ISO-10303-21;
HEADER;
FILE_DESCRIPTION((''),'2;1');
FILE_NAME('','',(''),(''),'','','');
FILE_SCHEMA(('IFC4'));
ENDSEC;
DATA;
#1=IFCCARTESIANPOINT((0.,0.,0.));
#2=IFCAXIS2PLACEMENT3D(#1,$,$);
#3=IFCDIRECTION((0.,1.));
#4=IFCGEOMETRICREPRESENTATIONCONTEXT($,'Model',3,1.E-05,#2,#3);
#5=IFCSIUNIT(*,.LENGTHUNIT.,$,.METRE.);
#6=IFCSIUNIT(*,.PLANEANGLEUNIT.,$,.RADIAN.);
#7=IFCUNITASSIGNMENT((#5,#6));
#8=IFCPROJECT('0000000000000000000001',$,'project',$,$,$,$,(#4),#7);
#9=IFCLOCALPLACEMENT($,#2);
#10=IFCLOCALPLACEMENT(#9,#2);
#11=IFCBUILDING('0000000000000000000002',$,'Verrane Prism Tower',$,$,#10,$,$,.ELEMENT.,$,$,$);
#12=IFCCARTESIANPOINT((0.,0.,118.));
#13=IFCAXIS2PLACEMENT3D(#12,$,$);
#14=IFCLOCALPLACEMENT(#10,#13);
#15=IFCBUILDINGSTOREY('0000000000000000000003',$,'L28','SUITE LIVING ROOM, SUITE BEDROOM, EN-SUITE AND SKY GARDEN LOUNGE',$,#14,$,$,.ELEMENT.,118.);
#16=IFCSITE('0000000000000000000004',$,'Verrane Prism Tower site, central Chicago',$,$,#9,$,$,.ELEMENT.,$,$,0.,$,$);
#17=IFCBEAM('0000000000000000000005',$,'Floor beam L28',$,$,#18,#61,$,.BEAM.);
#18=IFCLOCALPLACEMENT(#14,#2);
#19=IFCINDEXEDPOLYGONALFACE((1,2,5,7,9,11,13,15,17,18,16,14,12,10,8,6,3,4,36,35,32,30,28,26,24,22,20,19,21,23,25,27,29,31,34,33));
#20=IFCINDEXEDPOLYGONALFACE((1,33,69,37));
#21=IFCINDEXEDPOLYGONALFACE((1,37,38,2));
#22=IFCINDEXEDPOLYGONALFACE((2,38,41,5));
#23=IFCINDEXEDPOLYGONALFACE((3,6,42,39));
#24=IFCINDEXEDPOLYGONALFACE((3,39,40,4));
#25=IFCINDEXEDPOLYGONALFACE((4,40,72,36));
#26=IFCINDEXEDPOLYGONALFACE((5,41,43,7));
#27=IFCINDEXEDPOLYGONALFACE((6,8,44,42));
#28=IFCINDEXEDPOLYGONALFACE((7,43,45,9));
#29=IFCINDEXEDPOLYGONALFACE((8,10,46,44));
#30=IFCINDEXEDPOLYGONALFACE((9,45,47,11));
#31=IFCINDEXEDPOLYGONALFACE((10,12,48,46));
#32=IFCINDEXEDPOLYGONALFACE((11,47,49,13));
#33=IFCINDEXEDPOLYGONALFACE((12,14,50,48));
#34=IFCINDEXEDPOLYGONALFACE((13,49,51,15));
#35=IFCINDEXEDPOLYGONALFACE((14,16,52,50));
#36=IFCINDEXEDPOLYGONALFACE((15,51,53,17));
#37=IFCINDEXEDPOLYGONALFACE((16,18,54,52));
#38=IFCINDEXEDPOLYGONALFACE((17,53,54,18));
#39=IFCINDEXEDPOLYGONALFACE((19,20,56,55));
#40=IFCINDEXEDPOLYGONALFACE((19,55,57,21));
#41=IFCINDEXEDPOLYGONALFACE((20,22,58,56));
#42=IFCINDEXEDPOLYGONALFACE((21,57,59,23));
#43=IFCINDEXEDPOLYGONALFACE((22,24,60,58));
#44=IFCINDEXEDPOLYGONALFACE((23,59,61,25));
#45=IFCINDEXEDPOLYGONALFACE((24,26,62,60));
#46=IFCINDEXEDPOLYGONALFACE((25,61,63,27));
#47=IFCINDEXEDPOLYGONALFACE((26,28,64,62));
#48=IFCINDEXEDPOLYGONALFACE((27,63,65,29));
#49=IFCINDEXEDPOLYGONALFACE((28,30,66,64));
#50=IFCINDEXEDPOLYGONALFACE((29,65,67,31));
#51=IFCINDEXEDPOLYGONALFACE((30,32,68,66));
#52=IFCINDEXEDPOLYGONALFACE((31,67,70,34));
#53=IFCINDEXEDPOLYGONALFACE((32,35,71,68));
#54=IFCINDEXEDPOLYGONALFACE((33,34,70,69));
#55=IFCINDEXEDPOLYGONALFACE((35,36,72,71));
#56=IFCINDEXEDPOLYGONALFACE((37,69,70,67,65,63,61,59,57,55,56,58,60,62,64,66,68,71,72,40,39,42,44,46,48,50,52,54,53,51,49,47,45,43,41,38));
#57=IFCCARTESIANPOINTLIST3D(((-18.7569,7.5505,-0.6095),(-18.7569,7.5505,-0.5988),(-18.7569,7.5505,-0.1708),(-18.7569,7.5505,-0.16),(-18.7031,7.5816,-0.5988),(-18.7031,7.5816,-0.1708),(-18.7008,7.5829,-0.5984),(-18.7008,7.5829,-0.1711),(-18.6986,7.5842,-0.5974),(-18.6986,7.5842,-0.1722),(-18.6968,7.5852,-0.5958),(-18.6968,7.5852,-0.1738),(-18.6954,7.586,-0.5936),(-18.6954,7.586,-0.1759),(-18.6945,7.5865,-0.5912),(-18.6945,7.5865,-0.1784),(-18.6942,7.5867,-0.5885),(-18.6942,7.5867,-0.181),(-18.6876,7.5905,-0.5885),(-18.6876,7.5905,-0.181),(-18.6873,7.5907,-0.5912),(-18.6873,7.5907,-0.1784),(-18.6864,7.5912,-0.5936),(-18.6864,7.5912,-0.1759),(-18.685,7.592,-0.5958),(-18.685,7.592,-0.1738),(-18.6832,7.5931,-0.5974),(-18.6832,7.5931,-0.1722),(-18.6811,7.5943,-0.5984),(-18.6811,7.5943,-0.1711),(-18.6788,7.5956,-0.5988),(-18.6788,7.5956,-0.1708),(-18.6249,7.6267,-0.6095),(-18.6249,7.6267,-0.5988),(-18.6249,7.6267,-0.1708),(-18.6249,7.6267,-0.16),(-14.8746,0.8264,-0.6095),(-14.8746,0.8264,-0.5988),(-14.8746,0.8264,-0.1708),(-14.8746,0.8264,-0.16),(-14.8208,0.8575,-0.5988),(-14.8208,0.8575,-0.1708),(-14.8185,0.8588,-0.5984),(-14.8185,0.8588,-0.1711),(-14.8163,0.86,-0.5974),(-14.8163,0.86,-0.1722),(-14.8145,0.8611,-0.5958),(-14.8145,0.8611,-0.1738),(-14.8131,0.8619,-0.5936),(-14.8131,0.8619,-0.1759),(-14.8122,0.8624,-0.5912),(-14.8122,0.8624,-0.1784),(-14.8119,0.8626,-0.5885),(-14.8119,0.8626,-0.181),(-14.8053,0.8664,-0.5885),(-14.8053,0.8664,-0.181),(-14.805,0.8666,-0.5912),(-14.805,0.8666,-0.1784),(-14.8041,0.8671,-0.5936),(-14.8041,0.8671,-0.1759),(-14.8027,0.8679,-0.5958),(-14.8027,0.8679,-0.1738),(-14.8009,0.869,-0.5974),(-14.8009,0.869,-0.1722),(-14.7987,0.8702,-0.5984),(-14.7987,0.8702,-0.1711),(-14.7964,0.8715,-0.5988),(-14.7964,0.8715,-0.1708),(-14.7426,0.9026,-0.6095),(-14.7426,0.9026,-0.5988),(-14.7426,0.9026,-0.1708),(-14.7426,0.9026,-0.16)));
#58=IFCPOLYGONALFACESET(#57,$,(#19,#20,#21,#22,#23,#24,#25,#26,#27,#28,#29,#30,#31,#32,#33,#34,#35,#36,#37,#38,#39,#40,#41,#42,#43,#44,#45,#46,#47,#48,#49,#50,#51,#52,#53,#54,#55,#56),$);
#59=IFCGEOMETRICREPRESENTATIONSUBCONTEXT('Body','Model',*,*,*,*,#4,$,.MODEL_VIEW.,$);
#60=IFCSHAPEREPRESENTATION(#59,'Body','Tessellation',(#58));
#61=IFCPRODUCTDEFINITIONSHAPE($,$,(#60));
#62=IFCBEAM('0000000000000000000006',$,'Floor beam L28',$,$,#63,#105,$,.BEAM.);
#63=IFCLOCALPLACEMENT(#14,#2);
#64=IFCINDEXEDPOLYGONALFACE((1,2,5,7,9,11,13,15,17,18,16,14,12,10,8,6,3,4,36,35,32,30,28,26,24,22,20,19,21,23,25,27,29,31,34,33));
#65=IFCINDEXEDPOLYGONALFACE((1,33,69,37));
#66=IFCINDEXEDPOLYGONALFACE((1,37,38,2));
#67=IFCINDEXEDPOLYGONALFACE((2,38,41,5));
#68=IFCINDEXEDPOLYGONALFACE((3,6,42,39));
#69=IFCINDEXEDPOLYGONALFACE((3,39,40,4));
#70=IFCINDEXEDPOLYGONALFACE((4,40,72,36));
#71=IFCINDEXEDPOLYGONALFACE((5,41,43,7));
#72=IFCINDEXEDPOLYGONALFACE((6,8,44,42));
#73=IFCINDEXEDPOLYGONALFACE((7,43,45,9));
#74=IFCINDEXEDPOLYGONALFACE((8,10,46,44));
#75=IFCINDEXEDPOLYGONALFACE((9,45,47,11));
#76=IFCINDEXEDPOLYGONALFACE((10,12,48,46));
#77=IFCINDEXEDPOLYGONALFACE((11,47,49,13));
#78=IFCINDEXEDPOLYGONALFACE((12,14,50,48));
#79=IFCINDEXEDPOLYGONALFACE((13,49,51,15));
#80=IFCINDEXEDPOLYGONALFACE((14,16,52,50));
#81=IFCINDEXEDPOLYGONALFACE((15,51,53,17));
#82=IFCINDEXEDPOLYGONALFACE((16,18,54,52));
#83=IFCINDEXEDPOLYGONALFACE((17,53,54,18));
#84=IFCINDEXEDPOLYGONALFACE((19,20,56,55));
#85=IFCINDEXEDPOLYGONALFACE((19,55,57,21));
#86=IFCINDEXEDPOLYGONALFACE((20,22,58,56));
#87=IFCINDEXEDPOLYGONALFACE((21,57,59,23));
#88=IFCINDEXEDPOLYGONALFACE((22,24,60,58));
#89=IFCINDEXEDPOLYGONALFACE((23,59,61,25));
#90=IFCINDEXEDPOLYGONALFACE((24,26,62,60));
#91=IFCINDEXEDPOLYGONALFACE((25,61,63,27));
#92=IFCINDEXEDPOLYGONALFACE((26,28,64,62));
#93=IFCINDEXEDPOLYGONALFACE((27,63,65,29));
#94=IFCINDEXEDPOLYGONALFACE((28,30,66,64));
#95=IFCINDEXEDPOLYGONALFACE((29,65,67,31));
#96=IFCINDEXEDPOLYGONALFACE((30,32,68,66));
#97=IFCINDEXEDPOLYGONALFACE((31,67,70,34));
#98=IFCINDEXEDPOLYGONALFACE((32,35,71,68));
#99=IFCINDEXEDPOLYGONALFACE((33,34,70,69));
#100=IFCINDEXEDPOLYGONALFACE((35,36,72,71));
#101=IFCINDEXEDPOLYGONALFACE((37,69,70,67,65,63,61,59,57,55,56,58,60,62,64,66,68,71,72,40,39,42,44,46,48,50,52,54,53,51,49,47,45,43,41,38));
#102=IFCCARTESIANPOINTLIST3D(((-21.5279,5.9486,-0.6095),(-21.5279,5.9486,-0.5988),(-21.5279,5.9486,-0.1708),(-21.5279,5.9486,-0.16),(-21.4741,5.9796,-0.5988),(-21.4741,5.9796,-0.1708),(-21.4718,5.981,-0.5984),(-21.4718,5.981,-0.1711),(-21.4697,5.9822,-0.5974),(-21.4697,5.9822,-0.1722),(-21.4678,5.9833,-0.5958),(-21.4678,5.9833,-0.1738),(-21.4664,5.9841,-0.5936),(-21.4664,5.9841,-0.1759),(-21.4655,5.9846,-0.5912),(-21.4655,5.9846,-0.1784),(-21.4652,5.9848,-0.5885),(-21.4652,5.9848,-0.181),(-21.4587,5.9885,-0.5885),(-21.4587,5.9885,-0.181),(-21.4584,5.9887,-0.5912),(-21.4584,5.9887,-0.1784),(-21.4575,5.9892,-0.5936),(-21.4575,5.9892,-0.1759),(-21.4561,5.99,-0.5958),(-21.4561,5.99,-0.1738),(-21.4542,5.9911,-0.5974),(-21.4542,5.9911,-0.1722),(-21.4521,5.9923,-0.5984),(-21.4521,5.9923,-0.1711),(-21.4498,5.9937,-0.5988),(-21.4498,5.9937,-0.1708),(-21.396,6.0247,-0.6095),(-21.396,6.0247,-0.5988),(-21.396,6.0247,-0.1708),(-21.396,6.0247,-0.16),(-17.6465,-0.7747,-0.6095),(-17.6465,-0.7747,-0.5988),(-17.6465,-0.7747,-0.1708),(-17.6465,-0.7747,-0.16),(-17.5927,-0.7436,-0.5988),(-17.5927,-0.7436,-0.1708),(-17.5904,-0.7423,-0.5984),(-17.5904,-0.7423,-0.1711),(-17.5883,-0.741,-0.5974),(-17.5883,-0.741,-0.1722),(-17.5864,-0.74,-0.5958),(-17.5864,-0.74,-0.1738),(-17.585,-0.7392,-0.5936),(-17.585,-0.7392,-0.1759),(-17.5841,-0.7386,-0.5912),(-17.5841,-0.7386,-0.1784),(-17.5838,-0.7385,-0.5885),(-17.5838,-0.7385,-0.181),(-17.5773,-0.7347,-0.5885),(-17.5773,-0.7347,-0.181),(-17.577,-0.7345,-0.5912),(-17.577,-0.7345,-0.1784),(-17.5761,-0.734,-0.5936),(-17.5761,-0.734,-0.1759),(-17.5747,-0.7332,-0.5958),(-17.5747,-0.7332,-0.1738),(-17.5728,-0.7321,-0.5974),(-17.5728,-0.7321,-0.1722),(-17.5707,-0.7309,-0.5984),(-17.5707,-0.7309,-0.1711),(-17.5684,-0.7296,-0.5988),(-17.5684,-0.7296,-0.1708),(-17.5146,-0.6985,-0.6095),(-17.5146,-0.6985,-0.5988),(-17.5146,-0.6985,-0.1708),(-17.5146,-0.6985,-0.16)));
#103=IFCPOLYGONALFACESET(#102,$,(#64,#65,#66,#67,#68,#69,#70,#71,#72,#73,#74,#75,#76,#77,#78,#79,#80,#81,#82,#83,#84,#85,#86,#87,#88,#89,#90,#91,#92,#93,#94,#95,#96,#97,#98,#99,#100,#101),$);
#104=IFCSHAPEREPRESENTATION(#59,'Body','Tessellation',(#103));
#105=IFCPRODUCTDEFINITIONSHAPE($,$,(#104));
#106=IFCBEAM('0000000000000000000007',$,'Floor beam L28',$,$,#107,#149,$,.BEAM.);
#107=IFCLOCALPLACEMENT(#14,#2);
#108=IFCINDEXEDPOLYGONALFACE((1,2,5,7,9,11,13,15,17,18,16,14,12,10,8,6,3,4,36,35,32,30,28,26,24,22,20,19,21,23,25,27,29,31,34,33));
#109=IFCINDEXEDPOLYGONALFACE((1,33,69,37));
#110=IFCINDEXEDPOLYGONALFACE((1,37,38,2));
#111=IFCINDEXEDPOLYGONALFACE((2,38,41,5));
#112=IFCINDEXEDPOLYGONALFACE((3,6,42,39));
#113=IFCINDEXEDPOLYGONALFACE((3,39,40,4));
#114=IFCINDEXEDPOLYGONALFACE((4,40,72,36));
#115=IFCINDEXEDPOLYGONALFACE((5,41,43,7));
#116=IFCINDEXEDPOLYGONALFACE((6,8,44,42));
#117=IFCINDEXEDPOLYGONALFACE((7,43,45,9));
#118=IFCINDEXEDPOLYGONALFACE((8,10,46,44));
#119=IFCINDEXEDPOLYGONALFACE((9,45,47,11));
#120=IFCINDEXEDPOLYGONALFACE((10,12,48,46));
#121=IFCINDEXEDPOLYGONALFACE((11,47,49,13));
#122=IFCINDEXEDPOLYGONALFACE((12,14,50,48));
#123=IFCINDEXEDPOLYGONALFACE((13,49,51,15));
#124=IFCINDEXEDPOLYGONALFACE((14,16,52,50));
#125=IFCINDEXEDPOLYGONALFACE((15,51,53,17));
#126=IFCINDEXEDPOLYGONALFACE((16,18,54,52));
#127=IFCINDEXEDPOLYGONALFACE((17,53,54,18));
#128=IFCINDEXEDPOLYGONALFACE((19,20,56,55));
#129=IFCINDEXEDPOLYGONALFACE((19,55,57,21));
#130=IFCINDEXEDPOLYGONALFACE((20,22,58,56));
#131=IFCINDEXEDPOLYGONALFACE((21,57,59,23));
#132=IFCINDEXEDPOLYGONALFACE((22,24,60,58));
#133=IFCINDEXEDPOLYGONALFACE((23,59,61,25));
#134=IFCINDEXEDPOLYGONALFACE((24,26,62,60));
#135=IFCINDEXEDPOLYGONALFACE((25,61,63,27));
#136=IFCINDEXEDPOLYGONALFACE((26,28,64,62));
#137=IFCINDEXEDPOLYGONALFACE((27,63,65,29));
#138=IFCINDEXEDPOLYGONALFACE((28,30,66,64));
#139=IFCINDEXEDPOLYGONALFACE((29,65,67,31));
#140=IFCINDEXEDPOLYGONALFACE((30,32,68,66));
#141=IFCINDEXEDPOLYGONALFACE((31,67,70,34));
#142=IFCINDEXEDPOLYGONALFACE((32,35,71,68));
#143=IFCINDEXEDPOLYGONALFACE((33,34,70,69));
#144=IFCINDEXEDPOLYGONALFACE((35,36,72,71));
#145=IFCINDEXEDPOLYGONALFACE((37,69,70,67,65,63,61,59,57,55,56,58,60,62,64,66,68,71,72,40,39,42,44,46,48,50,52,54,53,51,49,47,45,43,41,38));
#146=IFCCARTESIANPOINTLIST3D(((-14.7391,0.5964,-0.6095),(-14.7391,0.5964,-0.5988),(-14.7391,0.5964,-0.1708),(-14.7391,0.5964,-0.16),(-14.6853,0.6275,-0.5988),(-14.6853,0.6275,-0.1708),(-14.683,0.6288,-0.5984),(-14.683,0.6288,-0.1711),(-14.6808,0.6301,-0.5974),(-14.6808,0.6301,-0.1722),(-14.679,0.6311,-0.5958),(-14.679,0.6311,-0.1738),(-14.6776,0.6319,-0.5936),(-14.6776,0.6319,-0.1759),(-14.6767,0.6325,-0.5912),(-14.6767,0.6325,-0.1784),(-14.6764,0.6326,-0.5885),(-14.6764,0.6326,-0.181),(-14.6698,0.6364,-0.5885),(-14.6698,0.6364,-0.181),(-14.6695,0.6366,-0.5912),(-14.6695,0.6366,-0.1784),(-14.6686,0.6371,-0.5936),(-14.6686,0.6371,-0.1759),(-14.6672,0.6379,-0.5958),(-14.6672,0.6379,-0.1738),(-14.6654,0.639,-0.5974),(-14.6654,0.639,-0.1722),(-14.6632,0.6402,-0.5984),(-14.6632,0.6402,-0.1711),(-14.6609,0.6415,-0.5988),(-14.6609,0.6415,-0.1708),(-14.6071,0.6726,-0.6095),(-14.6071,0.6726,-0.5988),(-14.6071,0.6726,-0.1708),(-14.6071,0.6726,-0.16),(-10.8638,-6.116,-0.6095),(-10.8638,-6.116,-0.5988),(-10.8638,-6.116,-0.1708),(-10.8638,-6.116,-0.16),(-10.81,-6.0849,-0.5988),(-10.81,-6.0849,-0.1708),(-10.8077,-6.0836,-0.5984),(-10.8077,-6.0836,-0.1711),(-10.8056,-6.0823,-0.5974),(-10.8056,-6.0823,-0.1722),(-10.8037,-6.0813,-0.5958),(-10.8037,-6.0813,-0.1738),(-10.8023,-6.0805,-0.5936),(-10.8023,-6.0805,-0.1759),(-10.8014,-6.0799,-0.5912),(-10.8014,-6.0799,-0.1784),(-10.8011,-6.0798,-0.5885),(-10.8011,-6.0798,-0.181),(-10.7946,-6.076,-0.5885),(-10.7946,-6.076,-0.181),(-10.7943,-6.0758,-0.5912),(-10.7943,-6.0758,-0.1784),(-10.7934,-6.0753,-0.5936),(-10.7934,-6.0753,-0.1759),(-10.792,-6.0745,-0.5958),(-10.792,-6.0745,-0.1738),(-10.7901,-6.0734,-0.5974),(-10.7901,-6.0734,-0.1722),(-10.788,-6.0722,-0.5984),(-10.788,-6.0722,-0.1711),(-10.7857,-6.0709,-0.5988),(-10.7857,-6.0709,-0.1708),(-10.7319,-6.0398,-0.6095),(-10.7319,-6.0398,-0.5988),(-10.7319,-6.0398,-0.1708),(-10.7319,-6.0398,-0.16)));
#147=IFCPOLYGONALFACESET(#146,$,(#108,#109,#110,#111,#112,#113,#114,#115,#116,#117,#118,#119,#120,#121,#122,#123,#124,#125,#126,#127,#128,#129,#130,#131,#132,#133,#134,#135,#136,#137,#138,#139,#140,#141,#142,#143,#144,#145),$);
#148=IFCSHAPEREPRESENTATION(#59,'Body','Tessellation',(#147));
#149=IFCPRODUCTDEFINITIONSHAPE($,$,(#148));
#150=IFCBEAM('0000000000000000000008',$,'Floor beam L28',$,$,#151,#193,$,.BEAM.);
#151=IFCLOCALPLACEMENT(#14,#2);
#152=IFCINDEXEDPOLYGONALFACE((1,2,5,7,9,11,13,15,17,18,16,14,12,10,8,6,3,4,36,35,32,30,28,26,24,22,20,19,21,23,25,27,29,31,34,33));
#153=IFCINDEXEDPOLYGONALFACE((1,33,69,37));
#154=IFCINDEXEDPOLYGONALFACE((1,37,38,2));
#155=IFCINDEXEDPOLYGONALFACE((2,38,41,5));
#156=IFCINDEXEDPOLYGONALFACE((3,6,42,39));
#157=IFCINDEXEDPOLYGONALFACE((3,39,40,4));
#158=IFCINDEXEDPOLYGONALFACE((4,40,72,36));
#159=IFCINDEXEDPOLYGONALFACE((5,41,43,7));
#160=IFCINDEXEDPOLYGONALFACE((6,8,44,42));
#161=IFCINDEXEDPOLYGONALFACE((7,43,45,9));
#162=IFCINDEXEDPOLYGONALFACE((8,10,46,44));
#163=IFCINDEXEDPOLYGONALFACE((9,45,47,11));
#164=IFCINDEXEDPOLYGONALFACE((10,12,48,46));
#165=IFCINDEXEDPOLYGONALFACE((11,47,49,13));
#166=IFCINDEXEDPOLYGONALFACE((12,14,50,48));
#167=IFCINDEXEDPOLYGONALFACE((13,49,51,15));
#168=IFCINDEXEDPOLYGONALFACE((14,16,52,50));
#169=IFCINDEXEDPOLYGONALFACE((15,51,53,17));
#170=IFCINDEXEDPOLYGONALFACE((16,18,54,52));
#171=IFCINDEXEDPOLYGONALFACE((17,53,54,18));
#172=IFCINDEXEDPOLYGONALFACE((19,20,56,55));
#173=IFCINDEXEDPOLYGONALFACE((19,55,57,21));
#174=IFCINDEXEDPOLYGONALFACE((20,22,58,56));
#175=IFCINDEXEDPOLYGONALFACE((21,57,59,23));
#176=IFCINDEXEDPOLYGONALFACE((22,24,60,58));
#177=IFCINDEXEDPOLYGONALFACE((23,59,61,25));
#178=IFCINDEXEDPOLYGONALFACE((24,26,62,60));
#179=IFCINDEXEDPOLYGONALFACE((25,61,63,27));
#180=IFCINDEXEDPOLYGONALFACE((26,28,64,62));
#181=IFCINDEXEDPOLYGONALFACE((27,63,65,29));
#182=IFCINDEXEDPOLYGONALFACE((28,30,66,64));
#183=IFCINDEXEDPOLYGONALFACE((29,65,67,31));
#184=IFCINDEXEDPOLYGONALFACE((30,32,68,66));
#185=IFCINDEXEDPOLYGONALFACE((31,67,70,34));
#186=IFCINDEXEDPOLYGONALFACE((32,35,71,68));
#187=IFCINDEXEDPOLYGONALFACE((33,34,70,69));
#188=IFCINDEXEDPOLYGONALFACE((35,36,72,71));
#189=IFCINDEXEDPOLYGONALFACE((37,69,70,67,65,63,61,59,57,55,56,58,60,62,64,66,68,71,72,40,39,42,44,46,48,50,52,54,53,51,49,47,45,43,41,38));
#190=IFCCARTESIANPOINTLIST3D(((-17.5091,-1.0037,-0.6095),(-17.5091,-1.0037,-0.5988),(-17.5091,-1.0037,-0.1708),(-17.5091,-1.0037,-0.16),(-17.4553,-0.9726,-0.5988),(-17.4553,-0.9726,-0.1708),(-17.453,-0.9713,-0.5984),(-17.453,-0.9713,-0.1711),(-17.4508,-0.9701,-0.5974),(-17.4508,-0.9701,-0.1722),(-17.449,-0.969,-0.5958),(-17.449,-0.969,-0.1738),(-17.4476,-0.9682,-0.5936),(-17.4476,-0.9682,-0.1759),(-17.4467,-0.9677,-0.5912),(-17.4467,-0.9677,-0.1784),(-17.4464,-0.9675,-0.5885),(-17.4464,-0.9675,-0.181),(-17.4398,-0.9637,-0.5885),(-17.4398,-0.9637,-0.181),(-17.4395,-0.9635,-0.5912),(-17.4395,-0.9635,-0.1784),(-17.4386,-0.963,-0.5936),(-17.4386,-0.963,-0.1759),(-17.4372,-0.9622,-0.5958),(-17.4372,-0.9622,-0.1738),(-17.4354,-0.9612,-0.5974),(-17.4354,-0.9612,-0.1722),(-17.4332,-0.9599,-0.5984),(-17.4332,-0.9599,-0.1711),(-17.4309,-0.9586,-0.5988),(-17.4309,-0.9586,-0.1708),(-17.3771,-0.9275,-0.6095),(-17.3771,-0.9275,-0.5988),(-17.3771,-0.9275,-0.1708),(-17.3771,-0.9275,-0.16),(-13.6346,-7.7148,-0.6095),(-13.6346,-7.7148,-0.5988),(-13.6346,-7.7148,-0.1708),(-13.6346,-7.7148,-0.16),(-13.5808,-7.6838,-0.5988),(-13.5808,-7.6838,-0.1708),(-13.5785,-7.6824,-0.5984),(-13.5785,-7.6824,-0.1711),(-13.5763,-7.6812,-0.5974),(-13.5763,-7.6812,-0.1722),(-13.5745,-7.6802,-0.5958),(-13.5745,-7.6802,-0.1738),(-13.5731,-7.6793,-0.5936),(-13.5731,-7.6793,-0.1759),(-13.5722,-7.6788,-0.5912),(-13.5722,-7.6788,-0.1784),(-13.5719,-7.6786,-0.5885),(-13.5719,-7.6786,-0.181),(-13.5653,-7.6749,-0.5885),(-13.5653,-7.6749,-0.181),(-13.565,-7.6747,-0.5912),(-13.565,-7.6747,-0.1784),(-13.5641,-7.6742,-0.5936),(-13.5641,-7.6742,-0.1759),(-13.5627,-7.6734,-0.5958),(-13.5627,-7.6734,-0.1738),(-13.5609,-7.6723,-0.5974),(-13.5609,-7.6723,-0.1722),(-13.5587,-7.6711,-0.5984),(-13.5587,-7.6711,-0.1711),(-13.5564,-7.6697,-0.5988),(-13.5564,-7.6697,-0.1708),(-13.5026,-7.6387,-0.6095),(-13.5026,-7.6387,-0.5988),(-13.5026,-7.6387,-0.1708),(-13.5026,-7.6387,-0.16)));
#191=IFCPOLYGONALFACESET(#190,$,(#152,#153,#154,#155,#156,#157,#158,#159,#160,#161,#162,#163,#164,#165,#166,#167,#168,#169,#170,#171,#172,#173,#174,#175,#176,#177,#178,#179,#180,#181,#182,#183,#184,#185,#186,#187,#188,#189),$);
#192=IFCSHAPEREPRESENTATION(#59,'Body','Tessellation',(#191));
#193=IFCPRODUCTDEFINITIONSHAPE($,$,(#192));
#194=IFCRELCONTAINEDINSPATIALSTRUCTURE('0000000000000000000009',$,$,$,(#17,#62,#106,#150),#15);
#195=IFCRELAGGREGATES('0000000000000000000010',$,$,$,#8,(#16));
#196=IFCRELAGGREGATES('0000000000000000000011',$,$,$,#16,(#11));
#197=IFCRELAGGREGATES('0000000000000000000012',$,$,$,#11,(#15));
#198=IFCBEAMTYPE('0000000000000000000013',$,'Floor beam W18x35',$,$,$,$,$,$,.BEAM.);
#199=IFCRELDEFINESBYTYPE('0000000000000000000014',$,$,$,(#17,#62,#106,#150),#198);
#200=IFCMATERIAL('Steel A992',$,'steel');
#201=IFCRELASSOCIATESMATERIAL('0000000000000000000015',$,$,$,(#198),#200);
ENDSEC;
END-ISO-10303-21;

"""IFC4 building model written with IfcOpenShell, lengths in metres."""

from ifc_helpers import new_model, si_unit, direction, frame, origin, origin_2d, place, context, subcontext, project, spatial, i_section, extrude, material, material_profile, profile_set, type_object, element, save


model = new_model("IFC4")

# Units and contexts
model_context = context("Model", 3, precision=1e-05, world=origin(), true_north=direction((0.0, 1.0)))
body_context = subcontext(model_context, "Body", "Model", "MODEL_VIEW")
ifc_project = project(units=[si_unit("LENGTHUNIT", "METRE"), si_unit("PLANEANGLEUNIT", "RADIAN")], contexts=[model_context])

# Site, building, storey
site_placement = place(None, origin())
site = spatial("IfcSite", under=ifc_project, at=site_placement, Name="Verrane Prism Tower site, central Chicago", CompositionType="ELEMENT", RefElevation=0.0)
building_placement = place(site_placement, origin())
building = spatial("IfcBuilding", under=site, at=building_placement, Name="Verrane Prism Tower", CompositionType="ELEMENT")
storey_placement = place(building_placement, frame((0.0, 0.0, 118.0)))
storey = spatial("IfcBuildingStorey", under=building, at=storey_placement, Name="L28", Description="SUITE LIVING ROOM, SUITE BEDROOM, EN-SUITE AND SKY GARDEN LOUNGE", CompositionType="ELEMENT", Elevation=118.0)

# Beams
ifc_material_1 = material(Name="Steel A992", Category="steel")
ifc_material_profile_1 = material_profile(ifc_material_1, i_section(OverallWidth=0.1523, OverallDepth=0.4495, WebThickness=0.0076, FlangeThickness=0.0107, FilletRadius=0.0103, at=origin_2d()), Name="W18x35")
ifc_profile_set_1 = profile_set([ifc_material_profile_1], Name="Steel A992")
beam_type_1 = type_object("IfcBeamType", Name="Floor beam W18x35", PredefinedType="BEAM", material=ifc_profile_set_1)
beam_1_placement = place(storey_placement, frame((-14.8086, 0.8645, -0.3848), z_axis=(-0.500015, 0.866017, 0.0), x_axis=(-0.866017, -0.500015, 0.0)))
element("IfcBeam", 1, at=beam_1_placement, inside=storey, type_object=beam_type_1, Name="Floor beam L28", PredefinedType="BEAM", context=body_context, shape_type="SweptSolid", body=[
    extrude(i_section(OverallWidth=0.1523, OverallDepth=0.4495, WebThickness=0.0076, FlangeThickness=0.0107, FilletRadius=0.0103, at=origin_2d()), origin(), (0.0, 0.0, 1.0), 7.7644),
])
beam_2_placement = place(storey_placement, frame((-17.5806, -0.7366, -0.3848), z_axis=(-0.499975, 0.86604, 0.0), x_axis=(-0.86604, -0.499975, 0.0)))
element("IfcBeam", 2, at=beam_2_placement, inside=storey, type_object=beam_type_1, Name="Floor beam L28", PredefinedType="BEAM", context=body_context, shape_type="SweptSolid", body=[
    extrude(i_section(OverallWidth=0.1523, OverallDepth=0.4495, WebThickness=0.0076, FlangeThickness=0.0107, FilletRadius=0.0103, at=origin_2d()), origin(), (0.0, 0.0, 1.0), 7.7632),
])
beam_3_placement = place(storey_placement, frame((-10.7979, -6.0779, -0.3848), z_axis=(-0.499984, 0.866035, 0.0), x_axis=(-0.866035, -0.499984, 0.0)))
element("IfcBeam", 3, at=beam_3_placement, inside=storey, type_object=beam_type_1, Name="Floor beam L28", PredefinedType="BEAM", context=body_context, shape_type="SweptSolid", body=[
    extrude(i_section(OverallWidth=0.1523, OverallDepth=0.4495, WebThickness=0.0076, FlangeThickness=0.0107, FilletRadius=0.0103, at=origin_2d()), origin(), (0.0, 0.0, 1.0), 7.7507),
])
beam_4_placement = place(storey_placement, frame((-13.5686, -7.6768, -0.3848), z_axis=(-0.499982, 0.866036, 0.0), x_axis=(-0.866036, -0.499982, 0.0)))
element("IfcBeam", 4, at=beam_4_placement, inside=storey, type_object=beam_type_1, Name="Floor beam L28", PredefinedType="BEAM", context=body_context, shape_type="SweptSolid", body=[
    extrude(i_section(OverallWidth=0.1523, OverallDepth=0.4495, WebThickness=0.0076, FlangeThickness=0.0107, FilletRadius=0.0103, at=origin_2d()), origin(), (0.0, 0.0, 1.0), 7.7493),
])

save(model, "model.ifc")
